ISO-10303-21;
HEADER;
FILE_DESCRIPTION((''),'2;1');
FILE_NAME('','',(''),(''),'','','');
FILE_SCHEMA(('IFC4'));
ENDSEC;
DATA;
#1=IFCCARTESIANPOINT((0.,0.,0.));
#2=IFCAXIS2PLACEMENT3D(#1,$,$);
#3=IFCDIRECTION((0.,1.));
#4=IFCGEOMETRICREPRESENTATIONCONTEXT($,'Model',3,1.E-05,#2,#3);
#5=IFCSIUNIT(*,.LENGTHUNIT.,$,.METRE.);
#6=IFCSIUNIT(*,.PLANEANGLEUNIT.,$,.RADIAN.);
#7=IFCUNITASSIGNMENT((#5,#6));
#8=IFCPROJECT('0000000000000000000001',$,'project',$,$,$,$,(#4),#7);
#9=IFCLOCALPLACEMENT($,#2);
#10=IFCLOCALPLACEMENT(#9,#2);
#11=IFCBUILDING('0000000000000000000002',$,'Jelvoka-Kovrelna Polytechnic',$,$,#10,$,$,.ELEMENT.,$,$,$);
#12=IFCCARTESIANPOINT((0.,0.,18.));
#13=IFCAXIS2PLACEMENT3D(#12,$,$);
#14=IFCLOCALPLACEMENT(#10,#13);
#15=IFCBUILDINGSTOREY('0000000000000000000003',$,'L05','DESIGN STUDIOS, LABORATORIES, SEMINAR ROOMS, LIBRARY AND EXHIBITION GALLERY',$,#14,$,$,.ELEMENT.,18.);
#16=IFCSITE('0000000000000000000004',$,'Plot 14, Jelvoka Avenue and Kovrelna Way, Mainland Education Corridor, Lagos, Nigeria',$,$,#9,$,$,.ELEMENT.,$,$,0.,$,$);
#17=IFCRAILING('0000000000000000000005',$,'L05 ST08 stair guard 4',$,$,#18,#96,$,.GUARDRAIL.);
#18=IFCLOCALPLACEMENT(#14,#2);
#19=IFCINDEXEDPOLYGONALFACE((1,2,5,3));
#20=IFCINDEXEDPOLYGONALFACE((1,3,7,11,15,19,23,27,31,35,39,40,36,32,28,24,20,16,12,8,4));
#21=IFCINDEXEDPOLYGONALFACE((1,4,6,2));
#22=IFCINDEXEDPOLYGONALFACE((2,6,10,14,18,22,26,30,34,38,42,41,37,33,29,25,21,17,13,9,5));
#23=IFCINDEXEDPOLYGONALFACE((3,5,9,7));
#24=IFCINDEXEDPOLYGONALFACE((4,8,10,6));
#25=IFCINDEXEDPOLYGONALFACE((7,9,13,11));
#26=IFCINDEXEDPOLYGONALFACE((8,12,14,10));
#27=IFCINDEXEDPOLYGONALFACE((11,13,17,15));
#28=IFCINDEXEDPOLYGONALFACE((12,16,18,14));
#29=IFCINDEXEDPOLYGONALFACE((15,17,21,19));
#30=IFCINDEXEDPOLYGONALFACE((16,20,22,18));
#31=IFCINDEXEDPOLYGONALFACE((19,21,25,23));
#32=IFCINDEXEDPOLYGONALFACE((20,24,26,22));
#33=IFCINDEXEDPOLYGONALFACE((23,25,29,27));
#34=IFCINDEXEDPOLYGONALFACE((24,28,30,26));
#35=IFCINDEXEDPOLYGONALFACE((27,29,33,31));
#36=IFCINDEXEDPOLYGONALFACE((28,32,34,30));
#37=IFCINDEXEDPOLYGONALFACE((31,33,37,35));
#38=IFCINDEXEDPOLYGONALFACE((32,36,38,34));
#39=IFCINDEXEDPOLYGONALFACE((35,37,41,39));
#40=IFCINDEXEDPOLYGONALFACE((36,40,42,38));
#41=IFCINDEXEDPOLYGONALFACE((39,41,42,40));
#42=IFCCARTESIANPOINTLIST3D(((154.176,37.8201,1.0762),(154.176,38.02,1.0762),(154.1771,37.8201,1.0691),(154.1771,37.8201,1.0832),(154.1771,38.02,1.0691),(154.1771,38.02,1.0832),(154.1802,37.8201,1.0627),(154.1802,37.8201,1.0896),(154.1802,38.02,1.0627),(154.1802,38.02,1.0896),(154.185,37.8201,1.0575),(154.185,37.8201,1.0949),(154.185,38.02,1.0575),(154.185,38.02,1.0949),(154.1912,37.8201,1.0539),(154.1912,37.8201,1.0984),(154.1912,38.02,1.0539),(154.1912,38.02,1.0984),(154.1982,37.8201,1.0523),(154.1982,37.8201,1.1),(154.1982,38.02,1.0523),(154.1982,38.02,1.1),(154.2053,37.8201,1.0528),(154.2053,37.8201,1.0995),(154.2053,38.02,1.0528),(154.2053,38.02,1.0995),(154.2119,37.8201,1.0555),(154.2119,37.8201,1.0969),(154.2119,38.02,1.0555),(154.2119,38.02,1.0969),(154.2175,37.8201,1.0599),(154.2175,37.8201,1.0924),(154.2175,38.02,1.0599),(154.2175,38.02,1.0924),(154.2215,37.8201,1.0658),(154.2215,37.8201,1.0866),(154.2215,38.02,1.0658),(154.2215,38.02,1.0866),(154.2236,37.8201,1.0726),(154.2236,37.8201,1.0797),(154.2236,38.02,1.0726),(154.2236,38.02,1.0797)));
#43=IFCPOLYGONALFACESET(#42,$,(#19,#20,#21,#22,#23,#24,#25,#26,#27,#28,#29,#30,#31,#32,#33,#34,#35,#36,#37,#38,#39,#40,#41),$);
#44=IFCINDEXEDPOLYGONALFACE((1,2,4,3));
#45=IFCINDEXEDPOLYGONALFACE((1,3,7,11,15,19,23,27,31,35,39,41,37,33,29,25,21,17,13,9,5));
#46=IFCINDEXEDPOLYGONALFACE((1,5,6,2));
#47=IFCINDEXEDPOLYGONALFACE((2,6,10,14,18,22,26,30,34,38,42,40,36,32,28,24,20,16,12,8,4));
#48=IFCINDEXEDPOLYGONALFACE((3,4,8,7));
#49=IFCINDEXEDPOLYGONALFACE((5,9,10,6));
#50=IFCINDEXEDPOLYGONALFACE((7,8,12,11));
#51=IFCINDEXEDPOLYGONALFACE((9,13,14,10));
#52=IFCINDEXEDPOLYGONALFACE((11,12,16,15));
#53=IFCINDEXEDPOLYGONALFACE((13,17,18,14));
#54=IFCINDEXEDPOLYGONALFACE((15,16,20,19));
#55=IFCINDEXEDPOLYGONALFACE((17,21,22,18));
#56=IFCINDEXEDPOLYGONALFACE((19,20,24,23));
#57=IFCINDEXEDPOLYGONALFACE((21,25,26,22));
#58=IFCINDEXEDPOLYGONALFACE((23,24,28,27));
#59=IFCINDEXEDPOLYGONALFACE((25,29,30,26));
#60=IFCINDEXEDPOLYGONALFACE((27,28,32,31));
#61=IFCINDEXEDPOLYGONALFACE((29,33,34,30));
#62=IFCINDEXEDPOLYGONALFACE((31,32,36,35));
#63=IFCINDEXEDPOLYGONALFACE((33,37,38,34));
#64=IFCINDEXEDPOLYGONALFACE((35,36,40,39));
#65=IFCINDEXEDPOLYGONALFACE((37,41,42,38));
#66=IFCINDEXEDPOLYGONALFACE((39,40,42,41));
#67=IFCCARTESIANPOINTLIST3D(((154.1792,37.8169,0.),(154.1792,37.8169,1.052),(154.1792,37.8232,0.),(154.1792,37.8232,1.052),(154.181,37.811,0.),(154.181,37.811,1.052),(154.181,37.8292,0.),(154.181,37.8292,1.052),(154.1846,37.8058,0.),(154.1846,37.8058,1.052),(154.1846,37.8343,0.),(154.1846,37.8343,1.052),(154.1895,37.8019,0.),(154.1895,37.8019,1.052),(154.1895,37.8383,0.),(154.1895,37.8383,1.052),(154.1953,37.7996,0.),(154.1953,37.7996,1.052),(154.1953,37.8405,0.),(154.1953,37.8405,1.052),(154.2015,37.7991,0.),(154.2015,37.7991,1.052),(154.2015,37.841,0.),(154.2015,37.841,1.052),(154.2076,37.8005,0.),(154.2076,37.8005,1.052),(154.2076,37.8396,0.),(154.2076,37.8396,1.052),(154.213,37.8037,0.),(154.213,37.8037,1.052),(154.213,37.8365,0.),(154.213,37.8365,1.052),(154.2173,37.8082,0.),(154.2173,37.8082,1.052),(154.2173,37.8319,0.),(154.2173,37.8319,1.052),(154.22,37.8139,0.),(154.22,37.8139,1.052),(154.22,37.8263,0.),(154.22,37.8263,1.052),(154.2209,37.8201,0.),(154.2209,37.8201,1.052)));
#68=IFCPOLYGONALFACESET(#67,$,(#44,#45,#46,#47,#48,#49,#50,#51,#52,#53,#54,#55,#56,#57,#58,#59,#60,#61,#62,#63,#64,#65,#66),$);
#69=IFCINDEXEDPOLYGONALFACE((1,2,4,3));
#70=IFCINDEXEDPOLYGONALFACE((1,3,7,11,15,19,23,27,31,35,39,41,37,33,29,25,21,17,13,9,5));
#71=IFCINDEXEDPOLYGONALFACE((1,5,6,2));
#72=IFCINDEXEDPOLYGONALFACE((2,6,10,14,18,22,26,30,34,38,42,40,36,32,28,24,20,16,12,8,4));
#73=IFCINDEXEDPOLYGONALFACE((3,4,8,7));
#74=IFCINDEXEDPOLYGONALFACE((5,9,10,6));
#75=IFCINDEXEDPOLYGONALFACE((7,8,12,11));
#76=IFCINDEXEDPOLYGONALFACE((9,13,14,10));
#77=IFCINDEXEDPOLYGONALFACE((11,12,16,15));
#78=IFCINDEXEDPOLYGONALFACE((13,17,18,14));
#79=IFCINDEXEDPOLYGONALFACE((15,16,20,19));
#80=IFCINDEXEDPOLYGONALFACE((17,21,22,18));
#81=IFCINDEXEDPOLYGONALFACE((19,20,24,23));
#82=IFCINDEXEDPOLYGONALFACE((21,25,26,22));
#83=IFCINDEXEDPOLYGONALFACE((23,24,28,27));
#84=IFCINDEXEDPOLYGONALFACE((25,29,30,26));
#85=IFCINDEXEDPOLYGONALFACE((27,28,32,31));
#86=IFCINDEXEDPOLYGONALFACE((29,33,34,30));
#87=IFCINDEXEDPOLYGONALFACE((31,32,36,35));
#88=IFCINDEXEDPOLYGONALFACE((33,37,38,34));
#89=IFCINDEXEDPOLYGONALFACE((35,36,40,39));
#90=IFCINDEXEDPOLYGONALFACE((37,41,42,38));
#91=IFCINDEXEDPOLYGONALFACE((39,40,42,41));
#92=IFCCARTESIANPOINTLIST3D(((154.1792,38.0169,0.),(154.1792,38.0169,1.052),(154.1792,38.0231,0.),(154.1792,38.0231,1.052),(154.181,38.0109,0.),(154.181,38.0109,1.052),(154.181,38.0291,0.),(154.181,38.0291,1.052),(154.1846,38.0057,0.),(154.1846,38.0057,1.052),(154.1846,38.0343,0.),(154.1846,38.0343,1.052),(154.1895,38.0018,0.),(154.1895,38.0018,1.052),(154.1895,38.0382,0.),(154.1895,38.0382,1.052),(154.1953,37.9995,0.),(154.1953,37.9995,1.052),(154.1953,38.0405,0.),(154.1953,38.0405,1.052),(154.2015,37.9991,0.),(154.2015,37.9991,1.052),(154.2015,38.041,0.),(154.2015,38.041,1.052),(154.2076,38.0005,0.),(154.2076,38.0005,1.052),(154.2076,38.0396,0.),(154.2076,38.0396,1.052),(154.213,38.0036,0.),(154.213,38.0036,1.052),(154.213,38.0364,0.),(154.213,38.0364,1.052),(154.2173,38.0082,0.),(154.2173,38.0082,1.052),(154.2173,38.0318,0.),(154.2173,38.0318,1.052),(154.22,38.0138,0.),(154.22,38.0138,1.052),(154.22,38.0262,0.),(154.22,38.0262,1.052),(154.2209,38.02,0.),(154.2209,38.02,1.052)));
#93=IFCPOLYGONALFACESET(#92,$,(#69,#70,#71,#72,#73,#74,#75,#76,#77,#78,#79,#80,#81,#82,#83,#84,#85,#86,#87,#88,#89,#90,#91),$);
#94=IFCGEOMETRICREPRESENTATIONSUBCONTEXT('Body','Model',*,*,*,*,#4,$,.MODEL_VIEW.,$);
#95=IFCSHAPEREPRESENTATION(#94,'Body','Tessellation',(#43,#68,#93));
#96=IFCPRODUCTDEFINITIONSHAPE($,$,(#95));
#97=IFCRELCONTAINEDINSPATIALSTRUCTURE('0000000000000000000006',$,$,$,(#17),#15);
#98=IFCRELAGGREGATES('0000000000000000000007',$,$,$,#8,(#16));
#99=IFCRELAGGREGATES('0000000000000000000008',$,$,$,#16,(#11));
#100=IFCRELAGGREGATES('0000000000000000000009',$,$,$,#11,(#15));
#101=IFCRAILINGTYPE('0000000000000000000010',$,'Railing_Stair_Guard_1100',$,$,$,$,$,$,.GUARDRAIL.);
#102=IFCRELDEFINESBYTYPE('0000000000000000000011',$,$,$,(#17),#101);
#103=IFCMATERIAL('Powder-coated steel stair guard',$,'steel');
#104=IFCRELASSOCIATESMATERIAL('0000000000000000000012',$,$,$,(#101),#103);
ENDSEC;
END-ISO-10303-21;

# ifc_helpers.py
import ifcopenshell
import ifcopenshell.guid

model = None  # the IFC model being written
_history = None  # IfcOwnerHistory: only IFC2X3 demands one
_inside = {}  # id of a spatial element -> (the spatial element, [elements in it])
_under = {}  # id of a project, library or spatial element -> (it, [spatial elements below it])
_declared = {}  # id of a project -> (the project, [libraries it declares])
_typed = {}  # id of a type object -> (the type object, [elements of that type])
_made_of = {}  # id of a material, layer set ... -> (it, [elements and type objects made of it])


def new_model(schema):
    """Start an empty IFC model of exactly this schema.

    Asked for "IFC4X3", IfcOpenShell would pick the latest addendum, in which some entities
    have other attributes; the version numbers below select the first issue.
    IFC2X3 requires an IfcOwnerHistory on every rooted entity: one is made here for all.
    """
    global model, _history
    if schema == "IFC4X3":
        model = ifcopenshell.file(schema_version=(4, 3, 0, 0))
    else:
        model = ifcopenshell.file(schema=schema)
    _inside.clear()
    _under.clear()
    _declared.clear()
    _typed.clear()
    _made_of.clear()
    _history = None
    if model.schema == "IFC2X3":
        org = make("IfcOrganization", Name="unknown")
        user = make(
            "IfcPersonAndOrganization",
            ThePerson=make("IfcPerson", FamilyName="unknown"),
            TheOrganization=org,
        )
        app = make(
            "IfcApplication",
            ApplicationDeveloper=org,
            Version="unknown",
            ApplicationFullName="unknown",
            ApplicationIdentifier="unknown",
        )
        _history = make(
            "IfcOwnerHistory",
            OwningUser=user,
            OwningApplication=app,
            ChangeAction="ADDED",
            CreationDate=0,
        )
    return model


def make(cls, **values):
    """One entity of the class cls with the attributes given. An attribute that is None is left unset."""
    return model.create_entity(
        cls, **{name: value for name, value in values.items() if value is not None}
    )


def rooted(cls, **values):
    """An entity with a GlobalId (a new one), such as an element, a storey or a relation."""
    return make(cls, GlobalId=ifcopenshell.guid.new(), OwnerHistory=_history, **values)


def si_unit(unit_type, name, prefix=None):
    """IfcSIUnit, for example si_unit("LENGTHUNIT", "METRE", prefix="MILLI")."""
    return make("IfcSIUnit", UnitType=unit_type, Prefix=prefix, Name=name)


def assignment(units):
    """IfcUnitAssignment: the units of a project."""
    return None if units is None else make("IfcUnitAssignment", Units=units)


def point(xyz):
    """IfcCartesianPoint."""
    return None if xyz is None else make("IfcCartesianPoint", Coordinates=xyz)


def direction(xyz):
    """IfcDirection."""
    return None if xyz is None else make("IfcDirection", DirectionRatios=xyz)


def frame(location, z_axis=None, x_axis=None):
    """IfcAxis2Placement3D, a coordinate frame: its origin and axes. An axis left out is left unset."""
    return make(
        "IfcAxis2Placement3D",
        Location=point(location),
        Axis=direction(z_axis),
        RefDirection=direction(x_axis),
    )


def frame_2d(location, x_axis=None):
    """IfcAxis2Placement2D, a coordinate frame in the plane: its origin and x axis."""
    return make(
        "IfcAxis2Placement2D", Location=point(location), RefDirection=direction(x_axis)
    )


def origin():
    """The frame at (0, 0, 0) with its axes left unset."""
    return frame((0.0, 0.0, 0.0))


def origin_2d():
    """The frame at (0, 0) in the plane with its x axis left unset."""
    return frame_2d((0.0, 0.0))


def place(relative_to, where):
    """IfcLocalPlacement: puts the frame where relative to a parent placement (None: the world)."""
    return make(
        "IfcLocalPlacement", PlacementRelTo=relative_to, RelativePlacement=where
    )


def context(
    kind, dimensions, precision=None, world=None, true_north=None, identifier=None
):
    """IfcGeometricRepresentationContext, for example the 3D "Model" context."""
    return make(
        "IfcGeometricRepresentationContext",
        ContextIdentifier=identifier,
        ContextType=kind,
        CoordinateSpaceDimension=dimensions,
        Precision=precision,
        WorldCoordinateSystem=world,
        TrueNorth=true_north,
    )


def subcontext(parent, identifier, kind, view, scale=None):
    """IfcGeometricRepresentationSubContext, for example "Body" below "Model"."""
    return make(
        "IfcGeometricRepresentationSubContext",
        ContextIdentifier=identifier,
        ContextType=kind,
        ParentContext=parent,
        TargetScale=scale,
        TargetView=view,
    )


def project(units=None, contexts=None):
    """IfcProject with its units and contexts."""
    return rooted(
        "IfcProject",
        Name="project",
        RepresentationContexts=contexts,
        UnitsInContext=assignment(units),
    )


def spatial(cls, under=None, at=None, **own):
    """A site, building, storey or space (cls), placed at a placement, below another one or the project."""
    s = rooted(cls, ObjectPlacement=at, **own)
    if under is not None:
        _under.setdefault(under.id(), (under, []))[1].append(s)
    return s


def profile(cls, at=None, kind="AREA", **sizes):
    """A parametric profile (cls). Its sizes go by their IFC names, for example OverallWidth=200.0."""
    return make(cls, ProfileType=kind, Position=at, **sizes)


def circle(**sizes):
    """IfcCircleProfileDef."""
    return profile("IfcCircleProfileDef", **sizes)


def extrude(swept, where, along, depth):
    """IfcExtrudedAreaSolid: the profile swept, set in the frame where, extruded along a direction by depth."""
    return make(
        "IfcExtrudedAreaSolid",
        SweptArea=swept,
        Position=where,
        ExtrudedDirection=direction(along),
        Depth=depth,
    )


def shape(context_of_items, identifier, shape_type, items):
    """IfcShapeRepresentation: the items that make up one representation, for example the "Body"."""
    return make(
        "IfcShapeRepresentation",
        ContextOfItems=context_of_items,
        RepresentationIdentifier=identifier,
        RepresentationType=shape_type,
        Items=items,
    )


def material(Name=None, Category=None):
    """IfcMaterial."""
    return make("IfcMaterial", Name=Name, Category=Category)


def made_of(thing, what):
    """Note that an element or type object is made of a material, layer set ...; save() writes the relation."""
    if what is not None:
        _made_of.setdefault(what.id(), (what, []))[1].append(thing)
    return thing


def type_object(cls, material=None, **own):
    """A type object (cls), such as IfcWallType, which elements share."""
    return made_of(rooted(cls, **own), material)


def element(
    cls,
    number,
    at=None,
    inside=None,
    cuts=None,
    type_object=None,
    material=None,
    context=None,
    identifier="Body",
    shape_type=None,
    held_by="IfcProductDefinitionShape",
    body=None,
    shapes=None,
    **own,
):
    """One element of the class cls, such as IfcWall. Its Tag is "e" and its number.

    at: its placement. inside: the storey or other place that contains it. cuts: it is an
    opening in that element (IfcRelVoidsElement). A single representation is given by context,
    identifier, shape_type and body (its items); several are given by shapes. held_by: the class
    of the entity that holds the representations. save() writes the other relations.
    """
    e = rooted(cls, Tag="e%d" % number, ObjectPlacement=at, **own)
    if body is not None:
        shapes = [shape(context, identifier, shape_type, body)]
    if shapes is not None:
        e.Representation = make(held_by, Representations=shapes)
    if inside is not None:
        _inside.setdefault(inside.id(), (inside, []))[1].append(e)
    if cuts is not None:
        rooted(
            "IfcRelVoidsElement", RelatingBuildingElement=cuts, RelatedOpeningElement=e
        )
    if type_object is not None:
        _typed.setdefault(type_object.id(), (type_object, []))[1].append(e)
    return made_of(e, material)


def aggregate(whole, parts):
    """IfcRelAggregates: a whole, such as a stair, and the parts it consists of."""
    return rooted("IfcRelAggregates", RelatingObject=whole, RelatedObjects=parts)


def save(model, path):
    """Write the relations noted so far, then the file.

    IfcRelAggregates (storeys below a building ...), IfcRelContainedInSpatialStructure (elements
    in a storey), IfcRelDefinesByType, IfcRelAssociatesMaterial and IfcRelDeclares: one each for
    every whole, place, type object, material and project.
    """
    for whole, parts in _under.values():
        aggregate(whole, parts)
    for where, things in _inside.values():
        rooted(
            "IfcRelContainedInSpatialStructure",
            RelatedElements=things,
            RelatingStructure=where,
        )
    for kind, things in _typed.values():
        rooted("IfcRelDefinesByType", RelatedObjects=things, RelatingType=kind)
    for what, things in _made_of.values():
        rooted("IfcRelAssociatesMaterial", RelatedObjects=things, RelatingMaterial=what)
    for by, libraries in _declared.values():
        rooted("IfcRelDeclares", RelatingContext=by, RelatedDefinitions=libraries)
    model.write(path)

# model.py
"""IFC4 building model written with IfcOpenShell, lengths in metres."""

from ifc_helpers import new_model, si_unit, direction, frame, origin, origin_2d, place, context, subcontext, project, spatial, circle, extrude, material, type_object, element, save


model = new_model("IFC4")

# Units and contexts
model_context = context("Model", 3, precision=1e-05, world=origin(), true_north=direction((0.0, 1.0)))
body_context = subcontext(model_context, "Body", "Model", "MODEL_VIEW")
ifc_project = project(units=[si_unit("LENGTHUNIT", "METRE"), si_unit("PLANEANGLEUNIT", "RADIAN")], contexts=[model_context])

# Site, building, storey
site_placement = place(None, origin())
site = spatial("IfcSite", under=ifc_project, at=site_placement, Name="Plot 14, Jelvoka Avenue and Kovrelna Way, Mainland Education Corridor, Lagos, Nigeria", CompositionType="ELEMENT", RefElevation=0.0)
building_placement = place(site_placement, origin())
building = spatial("IfcBuilding", under=site, at=building_placement, Name="Jelvoka-Kovrelna Polytechnic", CompositionType="ELEMENT")
storey_placement = place(building_placement, frame((0.0, 0.0, 18.0)))
storey = spatial("IfcBuildingStorey", under=building, at=storey_placement, Name="L05", Description="DESIGN STUDIOS, LABORATORIES, SEMINAR ROOMS, LIBRARY AND EXHIBITION GALLERY", CompositionType="ELEMENT", Elevation=18.0)

# Railing
ifc_material_1 = material(Name="Powder-coated steel stair guard", Category="steel")
railing_type_1 = type_object("IfcRailingType", Name="Railing_Stair_Guard_1100", PredefinedType="GUARDRAIL", material=ifc_material_1)
railing_1_placement = place(storey_placement, frame((154.2, 37.8201, 0.0)))
element("IfcRailing", 1, at=railing_1_placement, inside=storey, type_object=railing_type_1, Name="L05 ST08 stair guard 4", PredefinedType="GUARDRAIL", context=body_context, shape_type="SweptSolid", body=[
    extrude(circle(Radius=0.0239, at=origin_2d()), frame((0.0, 0.0, 1.0762), z_axis=(0.0, 1.0, 0.0), x_axis=(-1.0, 0.0, 0.0)), (0.0, 0.0, 1.0), 0.2),
    extrude(circle(Radius=0.021, at=origin_2d()), origin(), (0.0, 0.0, 1.0), 1.052),
    extrude(circle(Radius=0.021, at=origin_2d()), frame((0.0, 0.2, 0.0)), (0.0, 0.0, 1.0), 1.052),
])

save(model, "model.ifc")
